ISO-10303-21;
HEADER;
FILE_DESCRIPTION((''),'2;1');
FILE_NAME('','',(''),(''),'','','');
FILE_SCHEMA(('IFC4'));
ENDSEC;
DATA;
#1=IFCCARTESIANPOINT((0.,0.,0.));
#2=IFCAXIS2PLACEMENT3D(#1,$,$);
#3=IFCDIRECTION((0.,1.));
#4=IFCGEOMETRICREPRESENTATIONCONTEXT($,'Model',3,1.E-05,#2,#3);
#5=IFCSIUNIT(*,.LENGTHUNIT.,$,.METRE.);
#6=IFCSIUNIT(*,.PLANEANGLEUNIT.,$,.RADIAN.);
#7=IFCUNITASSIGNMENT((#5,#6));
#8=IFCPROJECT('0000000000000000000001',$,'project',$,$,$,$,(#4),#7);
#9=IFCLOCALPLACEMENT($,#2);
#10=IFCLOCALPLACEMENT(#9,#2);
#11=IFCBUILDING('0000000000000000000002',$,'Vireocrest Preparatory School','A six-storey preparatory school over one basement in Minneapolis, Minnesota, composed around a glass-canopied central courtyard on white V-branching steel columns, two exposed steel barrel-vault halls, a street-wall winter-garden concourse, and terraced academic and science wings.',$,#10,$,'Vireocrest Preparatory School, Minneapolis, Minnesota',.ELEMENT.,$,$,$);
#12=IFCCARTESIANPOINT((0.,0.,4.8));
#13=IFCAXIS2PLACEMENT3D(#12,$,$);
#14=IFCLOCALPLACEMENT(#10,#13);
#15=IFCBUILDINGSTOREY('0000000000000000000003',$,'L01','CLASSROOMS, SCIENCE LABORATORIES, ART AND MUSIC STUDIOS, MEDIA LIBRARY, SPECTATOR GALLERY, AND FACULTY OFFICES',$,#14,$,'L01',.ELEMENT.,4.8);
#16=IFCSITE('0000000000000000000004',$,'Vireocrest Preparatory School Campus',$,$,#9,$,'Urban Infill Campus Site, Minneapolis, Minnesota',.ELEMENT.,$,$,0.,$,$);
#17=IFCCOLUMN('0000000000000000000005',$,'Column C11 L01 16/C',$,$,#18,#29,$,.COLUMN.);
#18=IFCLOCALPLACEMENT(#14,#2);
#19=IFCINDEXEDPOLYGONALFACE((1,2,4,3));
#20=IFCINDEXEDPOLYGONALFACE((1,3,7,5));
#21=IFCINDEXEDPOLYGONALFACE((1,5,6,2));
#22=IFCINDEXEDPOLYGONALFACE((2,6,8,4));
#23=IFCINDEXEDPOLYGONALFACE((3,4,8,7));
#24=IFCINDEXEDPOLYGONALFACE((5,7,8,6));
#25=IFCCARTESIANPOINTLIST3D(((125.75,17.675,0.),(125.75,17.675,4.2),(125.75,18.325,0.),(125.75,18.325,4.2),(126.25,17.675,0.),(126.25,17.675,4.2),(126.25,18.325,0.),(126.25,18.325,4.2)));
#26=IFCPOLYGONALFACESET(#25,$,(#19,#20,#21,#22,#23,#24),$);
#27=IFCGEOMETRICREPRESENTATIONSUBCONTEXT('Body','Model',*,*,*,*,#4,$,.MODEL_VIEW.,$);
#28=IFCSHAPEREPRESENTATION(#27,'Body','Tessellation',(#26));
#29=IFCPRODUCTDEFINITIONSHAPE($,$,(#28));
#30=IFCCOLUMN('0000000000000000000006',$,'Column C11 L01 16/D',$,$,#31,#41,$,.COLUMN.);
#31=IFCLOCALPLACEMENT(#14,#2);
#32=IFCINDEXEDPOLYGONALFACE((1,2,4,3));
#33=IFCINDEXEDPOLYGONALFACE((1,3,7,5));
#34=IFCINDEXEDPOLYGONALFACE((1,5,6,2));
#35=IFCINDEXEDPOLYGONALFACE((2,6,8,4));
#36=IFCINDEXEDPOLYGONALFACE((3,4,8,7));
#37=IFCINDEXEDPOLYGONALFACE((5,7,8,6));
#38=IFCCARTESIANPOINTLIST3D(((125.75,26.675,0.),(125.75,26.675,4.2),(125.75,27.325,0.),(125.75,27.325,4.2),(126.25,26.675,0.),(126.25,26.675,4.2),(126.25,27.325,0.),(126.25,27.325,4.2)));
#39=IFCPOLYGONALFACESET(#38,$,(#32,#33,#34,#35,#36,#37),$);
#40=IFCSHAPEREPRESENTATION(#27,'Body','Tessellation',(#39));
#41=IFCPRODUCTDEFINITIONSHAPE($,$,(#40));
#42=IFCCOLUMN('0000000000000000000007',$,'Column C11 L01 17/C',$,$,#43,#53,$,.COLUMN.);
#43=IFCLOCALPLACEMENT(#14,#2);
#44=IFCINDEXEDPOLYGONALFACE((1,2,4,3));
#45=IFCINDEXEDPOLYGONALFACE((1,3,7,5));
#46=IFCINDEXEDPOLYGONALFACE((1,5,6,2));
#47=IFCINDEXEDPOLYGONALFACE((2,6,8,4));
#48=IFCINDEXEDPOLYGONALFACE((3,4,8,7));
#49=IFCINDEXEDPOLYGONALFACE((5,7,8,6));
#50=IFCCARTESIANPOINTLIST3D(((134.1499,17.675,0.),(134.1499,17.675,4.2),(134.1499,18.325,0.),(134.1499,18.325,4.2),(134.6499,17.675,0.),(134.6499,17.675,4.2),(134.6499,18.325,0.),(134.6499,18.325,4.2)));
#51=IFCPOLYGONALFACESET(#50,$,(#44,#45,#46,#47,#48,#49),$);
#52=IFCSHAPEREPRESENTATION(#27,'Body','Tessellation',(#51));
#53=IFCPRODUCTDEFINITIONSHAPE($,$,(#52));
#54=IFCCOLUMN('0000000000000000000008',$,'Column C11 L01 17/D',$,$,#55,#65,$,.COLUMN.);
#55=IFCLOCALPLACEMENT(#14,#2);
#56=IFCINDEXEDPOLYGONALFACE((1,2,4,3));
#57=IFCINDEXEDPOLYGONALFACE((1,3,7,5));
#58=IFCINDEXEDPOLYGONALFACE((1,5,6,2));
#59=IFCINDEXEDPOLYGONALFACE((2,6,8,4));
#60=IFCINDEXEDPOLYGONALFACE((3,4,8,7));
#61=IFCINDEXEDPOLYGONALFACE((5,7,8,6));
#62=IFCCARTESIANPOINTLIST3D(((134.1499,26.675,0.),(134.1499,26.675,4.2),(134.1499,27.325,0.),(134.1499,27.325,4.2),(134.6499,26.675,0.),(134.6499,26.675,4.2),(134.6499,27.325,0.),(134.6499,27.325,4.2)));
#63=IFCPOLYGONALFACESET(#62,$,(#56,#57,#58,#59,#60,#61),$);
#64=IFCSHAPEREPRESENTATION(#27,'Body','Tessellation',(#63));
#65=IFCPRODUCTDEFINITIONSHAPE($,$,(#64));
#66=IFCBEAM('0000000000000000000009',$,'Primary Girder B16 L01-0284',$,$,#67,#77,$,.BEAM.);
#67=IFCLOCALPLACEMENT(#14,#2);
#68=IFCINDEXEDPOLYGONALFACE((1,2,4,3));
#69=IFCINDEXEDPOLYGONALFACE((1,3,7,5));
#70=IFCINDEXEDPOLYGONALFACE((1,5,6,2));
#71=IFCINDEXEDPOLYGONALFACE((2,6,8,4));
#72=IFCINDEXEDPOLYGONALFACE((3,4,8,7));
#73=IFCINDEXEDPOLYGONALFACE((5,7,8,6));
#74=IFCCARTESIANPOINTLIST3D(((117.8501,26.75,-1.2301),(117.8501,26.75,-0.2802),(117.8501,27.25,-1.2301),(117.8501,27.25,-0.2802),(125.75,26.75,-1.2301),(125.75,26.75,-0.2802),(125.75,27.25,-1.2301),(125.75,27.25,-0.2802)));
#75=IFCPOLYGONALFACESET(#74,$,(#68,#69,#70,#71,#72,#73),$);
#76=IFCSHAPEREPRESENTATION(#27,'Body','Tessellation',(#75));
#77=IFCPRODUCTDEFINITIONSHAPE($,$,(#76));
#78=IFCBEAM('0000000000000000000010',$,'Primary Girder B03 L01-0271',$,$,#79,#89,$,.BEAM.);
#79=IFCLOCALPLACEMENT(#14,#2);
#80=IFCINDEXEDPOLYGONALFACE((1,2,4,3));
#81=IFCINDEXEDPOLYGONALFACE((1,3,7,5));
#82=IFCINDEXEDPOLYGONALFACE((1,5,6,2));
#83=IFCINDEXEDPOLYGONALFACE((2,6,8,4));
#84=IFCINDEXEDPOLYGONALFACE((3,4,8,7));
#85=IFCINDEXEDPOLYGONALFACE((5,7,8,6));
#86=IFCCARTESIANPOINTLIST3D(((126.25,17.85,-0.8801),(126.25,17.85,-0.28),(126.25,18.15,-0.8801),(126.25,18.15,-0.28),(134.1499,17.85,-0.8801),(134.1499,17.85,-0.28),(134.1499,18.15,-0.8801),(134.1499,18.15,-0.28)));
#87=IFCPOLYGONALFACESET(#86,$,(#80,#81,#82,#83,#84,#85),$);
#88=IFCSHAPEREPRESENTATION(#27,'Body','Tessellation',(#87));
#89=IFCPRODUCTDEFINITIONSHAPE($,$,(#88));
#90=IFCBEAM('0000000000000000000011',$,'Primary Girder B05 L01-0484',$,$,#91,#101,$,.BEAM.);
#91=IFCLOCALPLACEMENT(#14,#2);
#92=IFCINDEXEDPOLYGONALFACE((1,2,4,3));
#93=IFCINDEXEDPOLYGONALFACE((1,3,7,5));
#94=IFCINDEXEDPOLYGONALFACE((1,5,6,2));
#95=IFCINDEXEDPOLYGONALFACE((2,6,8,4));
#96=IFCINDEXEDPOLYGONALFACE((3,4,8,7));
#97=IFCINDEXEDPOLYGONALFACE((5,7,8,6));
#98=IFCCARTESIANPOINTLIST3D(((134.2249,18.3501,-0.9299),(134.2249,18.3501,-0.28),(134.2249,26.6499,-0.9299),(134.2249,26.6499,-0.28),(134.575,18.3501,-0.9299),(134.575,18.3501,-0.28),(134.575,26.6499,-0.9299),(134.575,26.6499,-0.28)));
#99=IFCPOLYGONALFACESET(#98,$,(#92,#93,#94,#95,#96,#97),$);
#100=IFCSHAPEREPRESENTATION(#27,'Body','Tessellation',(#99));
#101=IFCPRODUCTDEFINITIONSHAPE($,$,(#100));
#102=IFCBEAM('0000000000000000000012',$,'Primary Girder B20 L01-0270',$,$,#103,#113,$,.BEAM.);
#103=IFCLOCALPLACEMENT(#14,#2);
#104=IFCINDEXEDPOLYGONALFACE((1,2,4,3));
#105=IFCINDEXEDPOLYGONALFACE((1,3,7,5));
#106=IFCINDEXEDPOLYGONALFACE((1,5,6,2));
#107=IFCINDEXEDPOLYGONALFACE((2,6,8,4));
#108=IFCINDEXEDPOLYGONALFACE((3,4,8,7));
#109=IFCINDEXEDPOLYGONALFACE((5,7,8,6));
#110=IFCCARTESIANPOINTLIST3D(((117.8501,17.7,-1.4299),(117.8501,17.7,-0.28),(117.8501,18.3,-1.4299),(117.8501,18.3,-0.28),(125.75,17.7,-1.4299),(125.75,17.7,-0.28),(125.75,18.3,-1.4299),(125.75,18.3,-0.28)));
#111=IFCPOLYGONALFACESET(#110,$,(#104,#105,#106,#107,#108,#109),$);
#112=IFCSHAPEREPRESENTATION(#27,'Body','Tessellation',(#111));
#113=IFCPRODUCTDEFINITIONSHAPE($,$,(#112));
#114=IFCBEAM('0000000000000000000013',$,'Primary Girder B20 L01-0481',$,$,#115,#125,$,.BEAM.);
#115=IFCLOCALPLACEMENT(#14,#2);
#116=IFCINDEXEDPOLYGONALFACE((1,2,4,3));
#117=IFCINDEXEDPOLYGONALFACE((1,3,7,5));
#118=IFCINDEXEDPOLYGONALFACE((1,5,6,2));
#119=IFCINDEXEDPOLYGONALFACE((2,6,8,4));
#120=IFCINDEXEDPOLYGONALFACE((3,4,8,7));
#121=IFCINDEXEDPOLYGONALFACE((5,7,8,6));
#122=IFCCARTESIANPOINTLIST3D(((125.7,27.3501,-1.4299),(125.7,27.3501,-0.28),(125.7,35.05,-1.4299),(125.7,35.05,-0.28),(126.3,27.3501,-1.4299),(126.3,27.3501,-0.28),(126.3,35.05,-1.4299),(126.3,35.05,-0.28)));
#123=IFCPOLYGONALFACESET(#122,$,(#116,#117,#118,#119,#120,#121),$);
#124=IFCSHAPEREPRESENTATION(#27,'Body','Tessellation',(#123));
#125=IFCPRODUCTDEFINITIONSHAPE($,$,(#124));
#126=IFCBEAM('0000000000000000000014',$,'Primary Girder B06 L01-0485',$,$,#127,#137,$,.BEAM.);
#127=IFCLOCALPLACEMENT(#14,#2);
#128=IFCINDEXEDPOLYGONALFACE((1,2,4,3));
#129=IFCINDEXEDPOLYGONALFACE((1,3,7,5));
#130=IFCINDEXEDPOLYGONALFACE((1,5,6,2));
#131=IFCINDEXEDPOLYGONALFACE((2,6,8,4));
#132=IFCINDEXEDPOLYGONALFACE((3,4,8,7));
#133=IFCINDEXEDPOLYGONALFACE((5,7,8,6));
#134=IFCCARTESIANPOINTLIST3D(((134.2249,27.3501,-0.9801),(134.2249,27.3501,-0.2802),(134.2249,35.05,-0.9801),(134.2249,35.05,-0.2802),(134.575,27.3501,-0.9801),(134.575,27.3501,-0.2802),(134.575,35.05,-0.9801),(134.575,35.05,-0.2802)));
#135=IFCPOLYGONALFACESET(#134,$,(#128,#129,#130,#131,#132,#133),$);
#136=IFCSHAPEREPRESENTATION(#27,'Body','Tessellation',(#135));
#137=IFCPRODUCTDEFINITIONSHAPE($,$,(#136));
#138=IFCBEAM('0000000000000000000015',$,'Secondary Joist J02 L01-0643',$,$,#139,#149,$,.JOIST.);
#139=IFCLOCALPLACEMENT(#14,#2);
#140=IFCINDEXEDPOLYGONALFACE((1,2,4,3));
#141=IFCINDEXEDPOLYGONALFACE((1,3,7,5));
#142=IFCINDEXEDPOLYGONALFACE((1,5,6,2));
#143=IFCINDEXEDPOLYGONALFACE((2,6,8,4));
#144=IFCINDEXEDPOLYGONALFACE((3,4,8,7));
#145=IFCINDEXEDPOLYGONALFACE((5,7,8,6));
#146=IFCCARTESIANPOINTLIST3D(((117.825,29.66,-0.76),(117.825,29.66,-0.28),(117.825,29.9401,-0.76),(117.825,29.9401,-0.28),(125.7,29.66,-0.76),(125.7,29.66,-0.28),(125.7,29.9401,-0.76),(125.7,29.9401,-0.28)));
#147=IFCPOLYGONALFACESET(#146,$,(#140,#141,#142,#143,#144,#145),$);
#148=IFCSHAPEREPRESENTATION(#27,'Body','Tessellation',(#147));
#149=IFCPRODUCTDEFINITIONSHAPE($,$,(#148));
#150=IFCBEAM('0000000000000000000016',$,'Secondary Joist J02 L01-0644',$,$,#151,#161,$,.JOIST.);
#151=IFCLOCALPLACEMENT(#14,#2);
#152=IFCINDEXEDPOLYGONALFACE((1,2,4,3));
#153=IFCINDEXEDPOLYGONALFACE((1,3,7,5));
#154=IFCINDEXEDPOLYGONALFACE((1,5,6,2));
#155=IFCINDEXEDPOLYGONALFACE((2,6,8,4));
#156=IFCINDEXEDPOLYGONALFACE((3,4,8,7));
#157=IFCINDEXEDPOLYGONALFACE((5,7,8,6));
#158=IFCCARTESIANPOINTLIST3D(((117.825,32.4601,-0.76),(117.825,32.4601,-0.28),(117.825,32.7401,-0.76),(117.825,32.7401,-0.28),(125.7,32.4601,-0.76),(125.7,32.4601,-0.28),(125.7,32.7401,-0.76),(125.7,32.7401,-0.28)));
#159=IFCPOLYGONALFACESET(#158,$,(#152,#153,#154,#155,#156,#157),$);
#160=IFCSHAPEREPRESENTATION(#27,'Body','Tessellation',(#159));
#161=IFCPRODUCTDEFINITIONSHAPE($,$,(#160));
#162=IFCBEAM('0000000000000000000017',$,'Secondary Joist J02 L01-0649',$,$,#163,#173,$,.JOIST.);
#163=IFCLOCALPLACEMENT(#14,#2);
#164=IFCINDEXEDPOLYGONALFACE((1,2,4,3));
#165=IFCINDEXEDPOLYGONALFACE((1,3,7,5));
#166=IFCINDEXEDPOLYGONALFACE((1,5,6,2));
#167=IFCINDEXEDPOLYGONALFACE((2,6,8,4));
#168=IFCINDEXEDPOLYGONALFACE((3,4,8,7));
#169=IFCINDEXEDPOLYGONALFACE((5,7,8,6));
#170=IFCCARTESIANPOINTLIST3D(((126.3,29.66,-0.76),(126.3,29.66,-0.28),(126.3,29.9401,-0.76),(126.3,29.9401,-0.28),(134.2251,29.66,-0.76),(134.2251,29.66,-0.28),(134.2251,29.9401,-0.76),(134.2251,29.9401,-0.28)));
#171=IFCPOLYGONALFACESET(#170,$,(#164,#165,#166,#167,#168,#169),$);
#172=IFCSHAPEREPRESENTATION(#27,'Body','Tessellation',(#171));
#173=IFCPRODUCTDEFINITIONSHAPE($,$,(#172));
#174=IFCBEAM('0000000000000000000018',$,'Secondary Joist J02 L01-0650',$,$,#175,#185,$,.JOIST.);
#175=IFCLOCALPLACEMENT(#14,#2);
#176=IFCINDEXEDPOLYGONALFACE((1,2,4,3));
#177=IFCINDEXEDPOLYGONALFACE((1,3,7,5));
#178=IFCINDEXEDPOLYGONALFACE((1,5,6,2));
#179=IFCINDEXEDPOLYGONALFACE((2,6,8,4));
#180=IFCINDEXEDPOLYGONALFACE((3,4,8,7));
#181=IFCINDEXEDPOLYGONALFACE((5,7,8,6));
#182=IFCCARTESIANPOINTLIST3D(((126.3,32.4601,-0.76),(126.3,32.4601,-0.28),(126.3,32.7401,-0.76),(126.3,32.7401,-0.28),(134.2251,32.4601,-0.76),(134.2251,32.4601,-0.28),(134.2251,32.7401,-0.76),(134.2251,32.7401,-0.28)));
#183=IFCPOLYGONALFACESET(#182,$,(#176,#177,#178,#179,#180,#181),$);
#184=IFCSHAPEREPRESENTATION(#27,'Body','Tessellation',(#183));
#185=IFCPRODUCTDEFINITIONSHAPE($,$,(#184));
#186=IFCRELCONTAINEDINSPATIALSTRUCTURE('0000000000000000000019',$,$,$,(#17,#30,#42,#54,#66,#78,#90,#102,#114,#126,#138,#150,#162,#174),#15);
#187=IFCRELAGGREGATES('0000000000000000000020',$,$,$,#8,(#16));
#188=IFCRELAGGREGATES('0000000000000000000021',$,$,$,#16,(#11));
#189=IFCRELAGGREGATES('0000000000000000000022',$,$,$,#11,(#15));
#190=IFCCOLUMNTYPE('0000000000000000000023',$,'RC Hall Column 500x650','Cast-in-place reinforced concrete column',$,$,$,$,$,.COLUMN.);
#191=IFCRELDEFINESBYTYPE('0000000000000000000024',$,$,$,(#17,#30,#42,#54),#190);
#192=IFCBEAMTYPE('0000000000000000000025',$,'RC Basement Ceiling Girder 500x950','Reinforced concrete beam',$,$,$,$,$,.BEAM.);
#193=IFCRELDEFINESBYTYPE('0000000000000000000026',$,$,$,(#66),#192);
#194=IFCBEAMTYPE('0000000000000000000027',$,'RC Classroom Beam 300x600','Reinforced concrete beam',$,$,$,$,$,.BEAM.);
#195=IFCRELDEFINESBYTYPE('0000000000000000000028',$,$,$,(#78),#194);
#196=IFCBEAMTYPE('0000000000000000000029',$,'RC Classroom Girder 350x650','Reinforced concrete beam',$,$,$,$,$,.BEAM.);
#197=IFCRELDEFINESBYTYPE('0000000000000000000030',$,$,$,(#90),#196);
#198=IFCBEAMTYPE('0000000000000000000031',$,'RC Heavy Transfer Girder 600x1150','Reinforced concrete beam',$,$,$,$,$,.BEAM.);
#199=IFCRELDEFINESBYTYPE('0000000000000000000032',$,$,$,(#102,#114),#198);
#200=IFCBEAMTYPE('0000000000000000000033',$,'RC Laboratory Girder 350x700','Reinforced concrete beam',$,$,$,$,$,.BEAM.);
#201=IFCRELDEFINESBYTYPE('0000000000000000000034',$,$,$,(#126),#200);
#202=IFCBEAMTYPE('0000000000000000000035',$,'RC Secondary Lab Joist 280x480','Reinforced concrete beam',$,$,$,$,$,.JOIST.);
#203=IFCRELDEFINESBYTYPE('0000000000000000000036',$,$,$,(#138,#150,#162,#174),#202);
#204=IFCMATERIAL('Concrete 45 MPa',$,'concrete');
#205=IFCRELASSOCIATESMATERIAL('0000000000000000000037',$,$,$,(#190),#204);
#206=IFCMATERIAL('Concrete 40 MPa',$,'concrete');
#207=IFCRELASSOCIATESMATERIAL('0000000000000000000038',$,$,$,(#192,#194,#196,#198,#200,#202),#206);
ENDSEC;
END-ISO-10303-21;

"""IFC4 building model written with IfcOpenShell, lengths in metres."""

from ifc_helpers import new_model, si_unit, direction, frame, origin, origin_2d, place, context, subcontext, project, spatial, rectangle, extrude, material, material_profile, profile_set, type_object, element, save


model = new_model("IFC4")

# Units and contexts
model_context = context("Model", 3, precision=1e-05, world=origin(), true_north=direction((0.0, 1.0)))
body_context = subcontext(model_context, "Body", "Model", "MODEL_VIEW")
ifc_project = project(units=[si_unit("LENGTHUNIT", "METRE"), si_unit("PLANEANGLEUNIT", "RADIAN")], contexts=[model_context])

# Site, building, storey
site_placement = place(None, origin())
site = spatial("IfcSite", under=ifc_project, at=site_placement, Name="Vireocrest Preparatory School Campus", LongName="Urban Infill Campus Site, Minneapolis, Minnesota", CompositionType="ELEMENT", RefElevation=0.0)
building_placement = place(site_placement, origin())
building = spatial("IfcBuilding", under=site, at=building_placement, Name="Vireocrest Preparatory School", Description="A six-storey preparatory school over one basement in Minneapolis, Minnesota, composed around a glass-canopied central courtyard on white V-branching steel columns, two exposed steel barrel-vault halls, a street-wall winter-garden concourse, and terraced academic and science wings.", LongName="Vireocrest Preparatory School, Minneapolis, Minnesota", CompositionType="ELEMENT")
storey_placement = place(building_placement, frame((0.0, 0.0, 4.8)))
storey = spatial("IfcBuildingStorey", under=building, at=storey_placement, Name="L01", Description="CLASSROOMS, SCIENCE LABORATORIES, ART AND MUSIC STUDIOS, MEDIA LIBRARY, SPECTATOR GALLERY, AND FACULTY OFFICES", LongName="L01", CompositionType="ELEMENT", Elevation=4.8)

# Columns
ifc_material_1 = material(Name="Concrete 45 MPa", Category="concrete")
ifc_material_profile_1 = material_profile(ifc_material_1, rectangle(XDim=0.5, YDim=0.6499, at=origin_2d()), Name="RC 500x650")
ifc_profile_set_1 = profile_set([ifc_material_profile_1], Name="Concrete 45 MPa")
column_type = type_object("IfcColumnType", Name="RC Hall Column 500x650", Description="Cast-in-place reinforced concrete column", PredefinedType="COLUMN", material=ifc_profile_set_1)
for number, where, z_axis, x_axis, name in (
    (1, (126.0, 18.0, 0.0), (0.0, 0.0, 1.0), (1.0, 0.0, 0.0), "Column C11 L01 16/C"),
    (2, (126.0, 27.0, 0.0), (0.0, 0.0, 1.0), (1.0, 0.0, 0.0), "Column C11 L01 16/D"),
    (3, (134.3999, 18.0, 0.0), (0.0, 0.0, 1.0), (1.0, 0.0, 0.0), "Column C11 L01 17/C"),
    (4, (134.3999, 27.0, 0.0), (0.0, 0.0, 1.0), (1.0, 0.0, 0.0), "Column C11 L01 17/D"),
):
    element("IfcColumn", number, at=place(storey_placement, frame(where, z_axis=z_axis, x_axis=x_axis)), inside=storey, type_object=column_type, Name=name, PredefinedType="COLUMN", context=body_context, shape_type="SweptSolid", body=[
        extrude(rectangle(XDim=0.5, YDim=0.6499, at=origin_2d()), origin(), (0.0, 0.0, 1.0), 4.2),
    ])

# Beams
ifc_material_2 = material(Name="Concrete 40 MPa", Category="concrete")
ifc_material_profile_2 = material_profile(ifc_material_2, rectangle(XDim=0.5, YDim=0.95, at=origin_2d()), Name="RC 500x950")
ifc_profile_set_2 = profile_set([ifc_material_profile_2], Name="Concrete 40 MPa")
beam_type_1 = type_object("IfcBeamType", Name="RC Basement Ceiling Girder 500x950", Description="Reinforced concrete beam", PredefinedType="BEAM", material=ifc_profile_set_2)
beam_1_placement = place(storey_placement, frame((117.8501, 27.0, -0.7551), z_axis=(1.0, 0.0, 0.0), x_axis=(0.0, 1.0, 0.0)))
element("IfcBeam", 5, at=beam_1_placement, inside=storey, type_object=beam_type_1, Name="Primary Girder B16 L01-0284", PredefinedType="BEAM", context=body_context, shape_type="SweptSolid", body=[
    extrude(rectangle(XDim=0.5, YDim=0.95, at=origin_2d()), origin(), (0.0, 0.0, 1.0), 7.8999),
])
ifc_material_profile_3 = material_profile(ifc_material_2, rectangle(XDim=0.3, YDim=0.6001, at=origin_2d()), Name="RC 300x600")
ifc_profile_set_3 = profile_set([ifc_material_profile_3], Name="Concrete 40 MPa")
beam_type_2 = type_object("IfcBeamType", Name="RC Classroom Beam 300x600", Description="Reinforced concrete beam", PredefinedType="BEAM", material=ifc_profile_set_3)
beam_2_placement = place(storey_placement, frame((126.25, 18.0, -0.5801), z_axis=(1.0, 0.0, 0.0), x_axis=(0.0, 1.0, 0.0)))
element("IfcBeam", 6, at=beam_2_placement, inside=storey, type_object=beam_type_2, Name="Primary Girder B03 L01-0271", PredefinedType="BEAM", context=body_context, shape_type="SweptSolid", body=[
    extrude(rectangle(XDim=0.3, YDim=0.6001, at=origin_2d()), origin(), (0.0, 0.0, 1.0), 7.8999),
])
ifc_material_profile_4 = material_profile(ifc_material_2, rectangle(XDim=0.3501, YDim=0.6499, at=origin_2d()), Name="RC 350x650")
ifc_profile_set_4 = profile_set([ifc_material_profile_4], Name="Concrete 40 MPa")
beam_type_3 = type_object("IfcBeamType", Name="RC Classroom Girder 350x650", Description="Reinforced concrete beam", PredefinedType="BEAM", material=ifc_profile_set_4)
beam_3_placement = place(storey_placement, frame((134.3999, 18.3501, -0.605), z_axis=(0.0, 1.0, 0.0), x_axis=(-1.0, 0.0, 0.0)))
element("IfcBeam", 7, at=beam_3_placement, inside=storey, type_object=beam_type_3, Name="Primary Girder B05 L01-0484", PredefinedType="BEAM", context=body_context, shape_type="SweptSolid", body=[
    extrude(rectangle(XDim=0.3501, YDim=0.6499, at=origin_2d()), origin(), (0.0, 0.0, 1.0), 8.2998),
])
ifc_material_profile_5 = material_profile(ifc_material_2, rectangle(XDim=0.6001, YDim=1.1499, at=origin_2d()), Name="RC 600x1150")
ifc_profile_set_5 = profile_set([ifc_material_profile_5], Name="Concrete 40 MPa")
beam_type_4 = type_object("IfcBeamType", Name="RC Heavy Transfer Girder 600x1150", Description="Reinforced concrete beam", PredefinedType="BEAM", material=ifc_profile_set_5)
beam_4_placement = place(storey_placement, frame((117.8501, 18.0, -0.855), z_axis=(1.0, 0.0, 0.0), x_axis=(0.0, 1.0, 0.0)))
element("IfcBeam", 8, at=beam_4_placement, inside=storey, type_object=beam_type_4, Name="Primary Girder B20 L01-0270", PredefinedType="BEAM", context=body_context, shape_type="SweptSolid", body=[
    extrude(rectangle(XDim=0.6001, YDim=1.1499, at=origin_2d()), origin(), (0.0, 0.0, 1.0), 7.8999),
])
beam_5_placement = place(storey_placement, frame((126.0, 27.3501, -0.855), z_axis=(0.0, 1.0, 0.0), x_axis=(-1.0, 0.0, 0.0)))
element("IfcBeam", 9, at=beam_5_placement, inside=storey, type_object=beam_type_4, Name="Primary Girder B20 L01-0481", PredefinedType="BEAM", context=body_context, shape_type="SweptSolid", body=[
    extrude(rectangle(XDim=0.6001, YDim=1.1499, at=origin_2d()), origin(), (0.0, 0.0, 1.0), 7.7),
])
ifc_material_profile_6 = material_profile(ifc_material_2, rectangle(XDim=0.3501, YDim=0.7, at=origin_2d()), Name="RC 350x700")
ifc_profile_set_6 = profile_set([ifc_material_profile_6], Name="Concrete 40 MPa")
beam_type_5 = type_object("IfcBeamType", Name="RC Laboratory Girder 350x700", Description="Reinforced concrete beam", PredefinedType="BEAM", material=ifc_profile_set_6)
beam_6_placement = place(storey_placement, frame((134.3999, 27.3501, -0.6301), z_axis=(0.0, 1.0, 0.0), x_axis=(-1.0, 0.0, 0.0)))
element("IfcBeam", 10, at=beam_6_placement, inside=storey, type_object=beam_type_5, Name="Primary Girder B06 L01-0485", PredefinedType="BEAM", context=body_context, shape_type="SweptSolid", body=[
    extrude(rectangle(XDim=0.3501, YDim=0.7, at=origin_2d()), origin(), (0.0, 0.0, 1.0), 7.7),
])
ifc_material_profile_7 = material_profile(ifc_material_2, rectangle(XDim=0.28, YDim=0.48, at=origin_2d()), Name="RC 280x480")
ifc_profile_set_7 = profile_set([ifc_material_profile_7], Name="Concrete 40 MPa")
beam_type_6 = type_object("IfcBeamType", Name="RC Secondary Lab Joist 280x480", Description="Reinforced concrete beam", PredefinedType="JOIST", material=ifc_profile_set_7)
for number, where, z_axis, x_axis, name in (
    (11, (117.825, 29.8, -0.52), (1.0, 0.0, 0.0), (0.0, 1.0, 0.0), "Secondary Joist J02 L01-0643"),
    (12, (117.825, 32.6001, -0.52), (1.0, 0.0, 0.0), (0.0, 1.0, 0.0), "Secondary Joist J02 L01-0644"),
):
    element("IfcBeam", number, at=place(storey_placement, frame(where, z_axis=z_axis, x_axis=x_axis)), inside=storey, type_object=beam_type_6, Name=name, PredefinedType="JOIST", context=body_context, shape_type="SweptSolid", body=[
        extrude(rectangle(XDim=0.28, YDim=0.48, at=origin_2d()), origin(), (0.0, 0.0, 1.0), 7.875),
    ])
for number, where, z_axis, x_axis, name in (
    (13, (126.3, 29.8, -0.52), (1.0, 0.0, 0.0), (0.0, 1.0, 0.0), "Secondary Joist J02 L01-0649"),
    (14, (126.3, 32.6001, -0.52), (1.0, 0.0, 0.0), (0.0, 1.0, 0.0), "Secondary Joist J02 L01-0650"),
):
    element("IfcBeam", number, at=place(storey_placement, frame(where, z_axis=z_axis, x_axis=x_axis)), inside=storey, type_object=beam_type_6, Name=name, PredefinedType="JOIST", context=body_context, shape_type="SweptSolid", body=[
        extrude(rectangle(XDim=0.28, YDim=0.48, at=origin_2d()), origin(), (0.0, 0.0, 1.0), 7.925),
    ])

save(model, "model.ifc")
